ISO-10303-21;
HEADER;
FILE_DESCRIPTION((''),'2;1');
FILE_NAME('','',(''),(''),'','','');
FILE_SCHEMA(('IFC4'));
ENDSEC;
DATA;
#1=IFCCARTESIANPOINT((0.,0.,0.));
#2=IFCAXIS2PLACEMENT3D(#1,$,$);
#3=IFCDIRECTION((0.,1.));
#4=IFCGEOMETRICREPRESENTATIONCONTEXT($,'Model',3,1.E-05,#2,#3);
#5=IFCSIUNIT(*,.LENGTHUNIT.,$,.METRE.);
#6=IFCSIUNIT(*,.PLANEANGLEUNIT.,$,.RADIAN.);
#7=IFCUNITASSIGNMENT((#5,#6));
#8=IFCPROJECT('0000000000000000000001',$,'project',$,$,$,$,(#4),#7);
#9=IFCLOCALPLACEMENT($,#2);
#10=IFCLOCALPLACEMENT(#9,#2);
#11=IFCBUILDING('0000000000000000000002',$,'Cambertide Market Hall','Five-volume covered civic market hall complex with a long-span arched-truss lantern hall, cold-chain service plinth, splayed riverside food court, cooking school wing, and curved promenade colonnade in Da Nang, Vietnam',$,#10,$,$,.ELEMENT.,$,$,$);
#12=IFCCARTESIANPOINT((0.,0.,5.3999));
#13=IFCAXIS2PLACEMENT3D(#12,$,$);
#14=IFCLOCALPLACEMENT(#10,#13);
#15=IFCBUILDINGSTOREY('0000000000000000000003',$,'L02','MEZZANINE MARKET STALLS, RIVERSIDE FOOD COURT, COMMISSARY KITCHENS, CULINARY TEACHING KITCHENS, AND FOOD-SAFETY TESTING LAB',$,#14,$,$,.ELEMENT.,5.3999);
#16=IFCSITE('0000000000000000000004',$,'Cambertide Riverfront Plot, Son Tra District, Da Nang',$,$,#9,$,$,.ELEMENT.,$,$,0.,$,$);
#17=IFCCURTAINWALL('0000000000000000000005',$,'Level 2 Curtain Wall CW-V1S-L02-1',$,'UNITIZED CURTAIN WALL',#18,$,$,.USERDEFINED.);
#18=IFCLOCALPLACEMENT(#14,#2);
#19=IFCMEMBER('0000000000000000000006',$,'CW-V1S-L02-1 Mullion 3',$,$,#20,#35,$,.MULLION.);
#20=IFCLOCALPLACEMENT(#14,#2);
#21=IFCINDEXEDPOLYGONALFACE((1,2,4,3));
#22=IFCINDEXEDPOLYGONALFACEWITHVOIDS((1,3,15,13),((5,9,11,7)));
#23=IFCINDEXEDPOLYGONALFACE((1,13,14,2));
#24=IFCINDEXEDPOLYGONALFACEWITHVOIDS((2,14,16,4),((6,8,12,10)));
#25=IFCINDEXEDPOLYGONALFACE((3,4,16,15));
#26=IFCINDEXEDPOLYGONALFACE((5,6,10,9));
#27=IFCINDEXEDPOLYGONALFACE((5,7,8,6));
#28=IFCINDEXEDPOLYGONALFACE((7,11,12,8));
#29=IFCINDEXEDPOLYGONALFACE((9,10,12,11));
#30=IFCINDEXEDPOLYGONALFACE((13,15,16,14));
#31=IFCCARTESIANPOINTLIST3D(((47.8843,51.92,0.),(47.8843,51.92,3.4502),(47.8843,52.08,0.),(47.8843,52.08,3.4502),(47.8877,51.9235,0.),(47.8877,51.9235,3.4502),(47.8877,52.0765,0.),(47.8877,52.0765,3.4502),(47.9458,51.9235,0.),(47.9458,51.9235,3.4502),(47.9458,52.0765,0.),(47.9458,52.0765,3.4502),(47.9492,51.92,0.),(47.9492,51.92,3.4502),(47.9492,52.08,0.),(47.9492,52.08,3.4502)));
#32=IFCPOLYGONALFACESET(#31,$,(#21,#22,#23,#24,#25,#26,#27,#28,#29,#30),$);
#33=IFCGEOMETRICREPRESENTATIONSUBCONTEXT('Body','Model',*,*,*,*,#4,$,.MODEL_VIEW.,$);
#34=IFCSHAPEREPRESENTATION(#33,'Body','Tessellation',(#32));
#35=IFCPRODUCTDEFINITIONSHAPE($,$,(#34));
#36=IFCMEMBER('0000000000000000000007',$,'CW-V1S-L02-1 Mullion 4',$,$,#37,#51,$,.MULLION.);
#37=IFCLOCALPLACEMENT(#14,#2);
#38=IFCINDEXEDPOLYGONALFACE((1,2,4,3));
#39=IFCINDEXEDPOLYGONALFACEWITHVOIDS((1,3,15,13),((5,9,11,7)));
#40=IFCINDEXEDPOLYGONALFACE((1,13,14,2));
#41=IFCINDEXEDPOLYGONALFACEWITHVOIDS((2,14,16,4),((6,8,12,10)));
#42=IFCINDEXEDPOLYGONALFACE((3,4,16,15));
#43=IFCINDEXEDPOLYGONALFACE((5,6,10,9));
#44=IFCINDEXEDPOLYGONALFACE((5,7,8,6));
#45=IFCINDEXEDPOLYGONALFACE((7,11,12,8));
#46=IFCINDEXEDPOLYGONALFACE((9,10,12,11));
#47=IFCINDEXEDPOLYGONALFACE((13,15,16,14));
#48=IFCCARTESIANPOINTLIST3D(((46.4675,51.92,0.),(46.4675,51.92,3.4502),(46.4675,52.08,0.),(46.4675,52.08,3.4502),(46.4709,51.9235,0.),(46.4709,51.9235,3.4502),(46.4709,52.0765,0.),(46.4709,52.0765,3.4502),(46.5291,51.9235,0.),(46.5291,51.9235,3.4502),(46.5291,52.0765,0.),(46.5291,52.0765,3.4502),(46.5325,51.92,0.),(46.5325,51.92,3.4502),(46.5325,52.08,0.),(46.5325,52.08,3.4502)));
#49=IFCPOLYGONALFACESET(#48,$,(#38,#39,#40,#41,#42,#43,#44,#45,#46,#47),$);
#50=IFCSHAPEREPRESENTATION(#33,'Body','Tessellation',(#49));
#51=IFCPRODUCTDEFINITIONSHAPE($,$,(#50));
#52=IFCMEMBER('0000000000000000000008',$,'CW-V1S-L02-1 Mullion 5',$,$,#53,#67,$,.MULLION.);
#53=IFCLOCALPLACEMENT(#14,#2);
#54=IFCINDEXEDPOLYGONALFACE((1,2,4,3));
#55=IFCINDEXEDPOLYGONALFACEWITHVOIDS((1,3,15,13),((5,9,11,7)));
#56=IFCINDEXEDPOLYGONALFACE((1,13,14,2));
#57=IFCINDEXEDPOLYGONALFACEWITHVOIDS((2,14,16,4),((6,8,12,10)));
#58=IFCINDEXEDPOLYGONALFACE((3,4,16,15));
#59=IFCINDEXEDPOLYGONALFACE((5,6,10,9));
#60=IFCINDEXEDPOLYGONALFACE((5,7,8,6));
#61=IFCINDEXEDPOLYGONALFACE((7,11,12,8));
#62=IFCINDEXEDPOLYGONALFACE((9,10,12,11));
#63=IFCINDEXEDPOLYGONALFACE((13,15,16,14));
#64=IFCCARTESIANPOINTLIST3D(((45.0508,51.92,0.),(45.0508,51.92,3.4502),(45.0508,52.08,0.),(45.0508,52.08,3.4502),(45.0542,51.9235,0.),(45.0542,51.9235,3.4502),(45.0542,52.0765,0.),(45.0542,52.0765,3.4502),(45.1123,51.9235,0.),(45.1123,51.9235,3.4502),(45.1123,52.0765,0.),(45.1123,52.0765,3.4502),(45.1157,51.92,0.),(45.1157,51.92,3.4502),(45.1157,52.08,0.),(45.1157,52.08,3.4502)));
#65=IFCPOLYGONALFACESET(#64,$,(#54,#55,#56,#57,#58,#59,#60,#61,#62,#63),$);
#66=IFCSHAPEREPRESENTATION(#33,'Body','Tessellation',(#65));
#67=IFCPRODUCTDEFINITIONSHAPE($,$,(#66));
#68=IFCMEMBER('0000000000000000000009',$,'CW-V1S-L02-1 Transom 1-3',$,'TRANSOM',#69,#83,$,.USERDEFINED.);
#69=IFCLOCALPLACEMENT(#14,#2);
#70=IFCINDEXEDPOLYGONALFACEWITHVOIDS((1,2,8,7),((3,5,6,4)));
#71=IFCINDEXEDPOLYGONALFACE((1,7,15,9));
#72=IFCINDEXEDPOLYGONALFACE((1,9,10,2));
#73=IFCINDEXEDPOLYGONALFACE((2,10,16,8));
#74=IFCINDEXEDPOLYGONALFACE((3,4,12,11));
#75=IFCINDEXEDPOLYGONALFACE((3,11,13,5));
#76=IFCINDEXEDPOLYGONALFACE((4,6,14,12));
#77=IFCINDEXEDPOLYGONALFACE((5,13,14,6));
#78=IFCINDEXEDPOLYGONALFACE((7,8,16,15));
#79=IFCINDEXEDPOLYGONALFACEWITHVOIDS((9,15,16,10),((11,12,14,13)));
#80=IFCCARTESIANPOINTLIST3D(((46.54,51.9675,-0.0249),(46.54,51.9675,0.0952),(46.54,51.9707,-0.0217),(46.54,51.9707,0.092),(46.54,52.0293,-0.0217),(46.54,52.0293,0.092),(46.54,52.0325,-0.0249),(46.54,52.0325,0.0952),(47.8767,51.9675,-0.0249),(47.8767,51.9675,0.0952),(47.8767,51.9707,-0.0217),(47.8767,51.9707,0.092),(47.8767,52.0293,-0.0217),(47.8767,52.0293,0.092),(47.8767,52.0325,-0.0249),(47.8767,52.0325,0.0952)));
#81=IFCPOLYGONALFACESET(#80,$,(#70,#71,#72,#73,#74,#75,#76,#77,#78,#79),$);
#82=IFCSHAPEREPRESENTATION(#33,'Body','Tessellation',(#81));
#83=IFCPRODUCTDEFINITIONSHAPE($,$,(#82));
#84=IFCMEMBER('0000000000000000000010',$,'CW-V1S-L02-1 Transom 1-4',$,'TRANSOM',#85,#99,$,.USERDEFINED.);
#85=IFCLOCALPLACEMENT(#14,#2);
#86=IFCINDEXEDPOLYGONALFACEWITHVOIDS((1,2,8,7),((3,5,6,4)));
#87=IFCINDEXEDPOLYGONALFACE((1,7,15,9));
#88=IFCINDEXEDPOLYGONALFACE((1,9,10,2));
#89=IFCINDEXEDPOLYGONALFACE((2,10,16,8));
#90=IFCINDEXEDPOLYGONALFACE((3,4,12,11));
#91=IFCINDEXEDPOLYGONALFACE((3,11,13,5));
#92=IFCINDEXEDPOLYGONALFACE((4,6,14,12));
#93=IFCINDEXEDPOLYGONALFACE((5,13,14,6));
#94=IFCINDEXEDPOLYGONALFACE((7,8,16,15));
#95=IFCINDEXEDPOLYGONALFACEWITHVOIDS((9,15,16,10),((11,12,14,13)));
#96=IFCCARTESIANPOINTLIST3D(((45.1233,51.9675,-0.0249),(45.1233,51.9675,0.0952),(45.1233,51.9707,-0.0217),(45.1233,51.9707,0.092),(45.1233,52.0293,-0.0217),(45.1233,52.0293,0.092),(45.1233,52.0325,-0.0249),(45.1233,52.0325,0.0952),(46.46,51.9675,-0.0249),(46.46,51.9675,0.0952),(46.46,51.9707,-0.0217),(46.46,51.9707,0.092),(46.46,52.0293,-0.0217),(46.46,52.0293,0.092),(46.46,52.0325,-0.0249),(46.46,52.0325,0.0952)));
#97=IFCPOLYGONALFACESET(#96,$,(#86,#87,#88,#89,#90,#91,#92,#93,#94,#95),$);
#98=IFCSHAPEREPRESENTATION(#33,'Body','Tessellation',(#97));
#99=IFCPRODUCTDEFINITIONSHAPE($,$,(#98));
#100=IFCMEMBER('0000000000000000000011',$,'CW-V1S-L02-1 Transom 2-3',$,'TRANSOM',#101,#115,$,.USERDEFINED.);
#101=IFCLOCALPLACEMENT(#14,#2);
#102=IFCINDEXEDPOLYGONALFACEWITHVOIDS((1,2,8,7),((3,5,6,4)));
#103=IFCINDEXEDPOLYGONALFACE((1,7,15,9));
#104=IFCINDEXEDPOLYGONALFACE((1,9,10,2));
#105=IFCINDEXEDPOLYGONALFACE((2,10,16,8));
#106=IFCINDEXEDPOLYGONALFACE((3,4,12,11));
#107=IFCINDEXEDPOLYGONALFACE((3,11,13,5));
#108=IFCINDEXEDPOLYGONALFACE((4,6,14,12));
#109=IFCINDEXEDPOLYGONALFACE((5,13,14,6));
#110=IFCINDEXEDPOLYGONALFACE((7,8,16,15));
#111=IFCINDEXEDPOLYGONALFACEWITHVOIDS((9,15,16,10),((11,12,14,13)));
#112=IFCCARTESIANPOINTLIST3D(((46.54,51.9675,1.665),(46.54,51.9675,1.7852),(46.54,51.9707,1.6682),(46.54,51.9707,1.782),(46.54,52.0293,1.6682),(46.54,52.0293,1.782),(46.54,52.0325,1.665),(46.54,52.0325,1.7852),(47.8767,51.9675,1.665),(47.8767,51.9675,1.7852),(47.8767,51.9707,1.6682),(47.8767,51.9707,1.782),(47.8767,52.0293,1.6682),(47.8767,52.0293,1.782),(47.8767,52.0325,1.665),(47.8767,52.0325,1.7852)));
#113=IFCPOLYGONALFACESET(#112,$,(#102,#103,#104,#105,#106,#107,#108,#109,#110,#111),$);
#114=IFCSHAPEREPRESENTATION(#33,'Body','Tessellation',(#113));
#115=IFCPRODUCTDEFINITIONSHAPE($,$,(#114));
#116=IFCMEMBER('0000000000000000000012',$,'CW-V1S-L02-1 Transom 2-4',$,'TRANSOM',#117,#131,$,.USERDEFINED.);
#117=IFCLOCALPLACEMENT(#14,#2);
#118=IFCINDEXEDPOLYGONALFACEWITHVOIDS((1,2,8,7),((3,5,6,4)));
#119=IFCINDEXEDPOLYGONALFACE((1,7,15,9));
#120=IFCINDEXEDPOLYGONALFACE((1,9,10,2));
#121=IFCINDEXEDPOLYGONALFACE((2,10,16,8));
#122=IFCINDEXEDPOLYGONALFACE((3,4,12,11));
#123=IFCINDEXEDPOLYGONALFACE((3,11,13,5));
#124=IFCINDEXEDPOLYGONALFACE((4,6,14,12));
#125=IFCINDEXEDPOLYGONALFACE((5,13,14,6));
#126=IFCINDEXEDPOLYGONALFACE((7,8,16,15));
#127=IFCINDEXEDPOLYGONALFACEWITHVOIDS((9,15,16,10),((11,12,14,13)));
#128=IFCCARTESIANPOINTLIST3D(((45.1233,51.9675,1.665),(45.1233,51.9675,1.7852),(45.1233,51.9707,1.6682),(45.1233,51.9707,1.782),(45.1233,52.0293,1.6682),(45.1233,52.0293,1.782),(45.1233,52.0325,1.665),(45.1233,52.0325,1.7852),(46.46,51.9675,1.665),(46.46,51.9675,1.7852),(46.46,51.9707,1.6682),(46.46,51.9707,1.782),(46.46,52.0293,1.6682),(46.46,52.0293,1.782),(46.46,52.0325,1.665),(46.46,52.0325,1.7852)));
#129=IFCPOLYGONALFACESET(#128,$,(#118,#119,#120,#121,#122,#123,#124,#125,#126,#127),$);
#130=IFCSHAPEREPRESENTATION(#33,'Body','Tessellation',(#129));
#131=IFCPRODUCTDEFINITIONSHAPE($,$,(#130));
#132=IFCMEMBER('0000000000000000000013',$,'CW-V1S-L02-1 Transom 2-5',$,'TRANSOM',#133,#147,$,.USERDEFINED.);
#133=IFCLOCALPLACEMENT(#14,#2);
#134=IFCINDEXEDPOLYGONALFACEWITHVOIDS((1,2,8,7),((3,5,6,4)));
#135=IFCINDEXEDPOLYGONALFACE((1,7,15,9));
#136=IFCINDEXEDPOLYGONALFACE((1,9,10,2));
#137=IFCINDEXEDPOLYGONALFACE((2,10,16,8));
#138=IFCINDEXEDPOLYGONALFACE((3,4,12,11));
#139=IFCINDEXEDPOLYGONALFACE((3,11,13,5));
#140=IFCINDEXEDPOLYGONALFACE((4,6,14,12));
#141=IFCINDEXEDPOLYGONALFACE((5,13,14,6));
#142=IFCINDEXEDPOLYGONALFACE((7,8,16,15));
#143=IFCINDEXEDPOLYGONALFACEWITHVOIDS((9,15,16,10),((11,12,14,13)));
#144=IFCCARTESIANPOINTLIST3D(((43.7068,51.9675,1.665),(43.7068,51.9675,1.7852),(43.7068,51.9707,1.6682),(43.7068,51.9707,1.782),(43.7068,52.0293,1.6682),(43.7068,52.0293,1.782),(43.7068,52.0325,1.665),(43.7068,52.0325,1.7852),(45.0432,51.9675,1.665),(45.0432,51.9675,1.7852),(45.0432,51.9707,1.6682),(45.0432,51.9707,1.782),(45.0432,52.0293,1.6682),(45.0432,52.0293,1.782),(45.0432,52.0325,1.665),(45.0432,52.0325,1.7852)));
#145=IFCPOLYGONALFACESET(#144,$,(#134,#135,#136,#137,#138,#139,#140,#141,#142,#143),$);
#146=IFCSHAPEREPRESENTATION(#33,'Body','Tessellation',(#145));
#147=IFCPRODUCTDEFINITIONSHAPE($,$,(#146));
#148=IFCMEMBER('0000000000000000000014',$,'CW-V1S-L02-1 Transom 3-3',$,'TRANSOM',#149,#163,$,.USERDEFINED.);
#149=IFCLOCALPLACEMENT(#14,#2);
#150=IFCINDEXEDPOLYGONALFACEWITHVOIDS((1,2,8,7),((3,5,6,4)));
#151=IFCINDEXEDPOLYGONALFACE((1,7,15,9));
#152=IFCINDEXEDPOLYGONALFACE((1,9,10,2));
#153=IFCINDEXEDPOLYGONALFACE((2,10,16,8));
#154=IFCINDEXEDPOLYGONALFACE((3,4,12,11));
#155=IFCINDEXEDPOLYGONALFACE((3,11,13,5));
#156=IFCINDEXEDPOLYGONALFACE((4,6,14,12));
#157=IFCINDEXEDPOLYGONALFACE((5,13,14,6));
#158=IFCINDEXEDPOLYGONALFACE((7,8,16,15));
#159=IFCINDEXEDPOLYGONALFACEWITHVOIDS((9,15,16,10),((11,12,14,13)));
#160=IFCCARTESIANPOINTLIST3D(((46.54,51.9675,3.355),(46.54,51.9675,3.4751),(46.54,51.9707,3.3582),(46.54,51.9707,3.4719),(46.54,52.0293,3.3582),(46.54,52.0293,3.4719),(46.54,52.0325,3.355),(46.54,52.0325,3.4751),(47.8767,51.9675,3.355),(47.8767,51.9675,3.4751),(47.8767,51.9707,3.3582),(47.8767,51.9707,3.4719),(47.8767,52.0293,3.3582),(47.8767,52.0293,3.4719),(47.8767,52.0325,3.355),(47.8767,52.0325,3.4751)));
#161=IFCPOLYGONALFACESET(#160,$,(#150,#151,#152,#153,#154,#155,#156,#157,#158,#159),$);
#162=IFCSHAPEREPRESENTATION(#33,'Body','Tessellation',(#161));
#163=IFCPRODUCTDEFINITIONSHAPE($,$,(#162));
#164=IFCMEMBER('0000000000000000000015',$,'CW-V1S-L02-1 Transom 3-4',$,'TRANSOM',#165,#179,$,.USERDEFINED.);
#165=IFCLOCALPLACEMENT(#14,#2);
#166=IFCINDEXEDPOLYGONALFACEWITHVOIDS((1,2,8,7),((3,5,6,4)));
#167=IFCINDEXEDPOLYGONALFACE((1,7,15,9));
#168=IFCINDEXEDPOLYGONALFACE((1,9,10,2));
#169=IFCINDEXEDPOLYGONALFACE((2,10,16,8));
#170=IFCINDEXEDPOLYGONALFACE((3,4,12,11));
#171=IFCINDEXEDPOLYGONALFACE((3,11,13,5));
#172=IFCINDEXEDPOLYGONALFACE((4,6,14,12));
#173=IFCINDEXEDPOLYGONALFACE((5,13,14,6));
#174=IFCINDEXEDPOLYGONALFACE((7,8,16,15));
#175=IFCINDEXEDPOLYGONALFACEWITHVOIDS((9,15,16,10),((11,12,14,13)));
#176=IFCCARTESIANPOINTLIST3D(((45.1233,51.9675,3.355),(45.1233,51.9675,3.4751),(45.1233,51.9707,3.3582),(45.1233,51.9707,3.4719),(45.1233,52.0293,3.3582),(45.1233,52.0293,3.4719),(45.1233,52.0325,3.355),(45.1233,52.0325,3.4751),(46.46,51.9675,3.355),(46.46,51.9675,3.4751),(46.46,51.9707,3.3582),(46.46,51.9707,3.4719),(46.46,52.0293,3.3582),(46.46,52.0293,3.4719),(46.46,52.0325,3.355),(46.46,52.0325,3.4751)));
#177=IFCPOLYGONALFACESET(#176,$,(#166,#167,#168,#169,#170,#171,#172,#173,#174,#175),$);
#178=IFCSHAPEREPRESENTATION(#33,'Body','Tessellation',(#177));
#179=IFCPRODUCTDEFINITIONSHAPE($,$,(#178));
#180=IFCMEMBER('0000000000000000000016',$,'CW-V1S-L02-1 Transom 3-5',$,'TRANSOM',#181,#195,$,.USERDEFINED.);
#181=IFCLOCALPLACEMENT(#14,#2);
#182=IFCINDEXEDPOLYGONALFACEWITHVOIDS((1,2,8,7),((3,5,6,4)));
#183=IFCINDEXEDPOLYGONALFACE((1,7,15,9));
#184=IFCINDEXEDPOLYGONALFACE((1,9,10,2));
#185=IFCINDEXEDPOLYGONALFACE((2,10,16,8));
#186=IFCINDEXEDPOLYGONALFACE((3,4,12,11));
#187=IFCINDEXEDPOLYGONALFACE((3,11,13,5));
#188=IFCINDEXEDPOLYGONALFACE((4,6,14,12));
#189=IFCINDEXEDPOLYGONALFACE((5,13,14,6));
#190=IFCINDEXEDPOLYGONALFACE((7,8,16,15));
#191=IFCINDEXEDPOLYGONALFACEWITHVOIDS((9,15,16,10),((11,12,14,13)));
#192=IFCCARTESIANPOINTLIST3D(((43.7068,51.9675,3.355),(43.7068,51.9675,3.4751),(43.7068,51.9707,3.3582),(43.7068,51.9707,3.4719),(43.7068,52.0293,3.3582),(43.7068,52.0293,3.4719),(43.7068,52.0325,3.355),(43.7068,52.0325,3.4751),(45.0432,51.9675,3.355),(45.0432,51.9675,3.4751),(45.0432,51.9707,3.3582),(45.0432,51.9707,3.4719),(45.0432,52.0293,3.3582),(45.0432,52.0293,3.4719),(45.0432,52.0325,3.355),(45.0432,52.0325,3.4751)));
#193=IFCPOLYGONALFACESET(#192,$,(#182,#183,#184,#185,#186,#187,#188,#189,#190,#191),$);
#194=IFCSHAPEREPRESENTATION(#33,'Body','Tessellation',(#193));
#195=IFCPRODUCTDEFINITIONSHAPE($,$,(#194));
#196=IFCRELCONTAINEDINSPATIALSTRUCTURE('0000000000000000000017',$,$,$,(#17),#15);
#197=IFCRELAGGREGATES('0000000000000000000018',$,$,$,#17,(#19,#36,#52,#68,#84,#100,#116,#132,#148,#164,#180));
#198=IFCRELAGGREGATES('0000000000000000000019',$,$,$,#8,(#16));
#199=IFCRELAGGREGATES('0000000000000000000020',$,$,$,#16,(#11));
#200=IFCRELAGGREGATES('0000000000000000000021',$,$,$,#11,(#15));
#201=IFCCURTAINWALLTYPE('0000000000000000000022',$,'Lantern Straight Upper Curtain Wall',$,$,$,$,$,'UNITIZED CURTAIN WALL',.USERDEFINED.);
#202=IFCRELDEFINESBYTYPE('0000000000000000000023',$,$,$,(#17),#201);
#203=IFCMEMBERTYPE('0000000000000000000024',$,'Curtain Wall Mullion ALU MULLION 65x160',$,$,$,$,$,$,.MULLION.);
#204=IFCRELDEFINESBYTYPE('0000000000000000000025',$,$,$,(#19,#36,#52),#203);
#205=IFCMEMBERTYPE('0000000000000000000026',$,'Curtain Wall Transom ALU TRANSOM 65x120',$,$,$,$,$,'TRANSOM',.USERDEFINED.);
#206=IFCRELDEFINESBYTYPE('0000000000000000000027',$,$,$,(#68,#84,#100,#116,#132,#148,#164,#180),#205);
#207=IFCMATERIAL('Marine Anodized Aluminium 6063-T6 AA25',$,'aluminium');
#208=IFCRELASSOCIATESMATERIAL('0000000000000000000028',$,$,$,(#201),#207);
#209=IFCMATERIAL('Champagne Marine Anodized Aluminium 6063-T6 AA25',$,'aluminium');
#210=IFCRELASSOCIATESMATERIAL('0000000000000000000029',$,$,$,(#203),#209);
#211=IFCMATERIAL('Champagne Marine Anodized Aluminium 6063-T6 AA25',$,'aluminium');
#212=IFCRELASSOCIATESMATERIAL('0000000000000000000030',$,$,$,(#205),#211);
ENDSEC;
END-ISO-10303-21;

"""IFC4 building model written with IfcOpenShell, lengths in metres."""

from ifc_helpers import new_model, si_unit, direction, frame, origin, origin_2d, place, context, subcontext, project, spatial, hollow_rectangle, extrude, material, material_profile, profile_set, type_object, element, aggregate, save


model = new_model("IFC4")

# Units and contexts
model_context = context("Model", 3, precision=1e-05, world=origin(), true_north=direction((0.0, 1.0)))
body_context = subcontext(model_context, "Body", "Model", "MODEL_VIEW")
ifc_project = project(units=[si_unit("LENGTHUNIT", "METRE"), si_unit("PLANEANGLEUNIT", "RADIAN")], contexts=[model_context])

# Site, building, storey
site_placement = place(None, origin())
site = spatial("IfcSite", under=ifc_project, at=site_placement, Name="Cambertide Riverfront Plot, Son Tra District, Da Nang", CompositionType="ELEMENT", RefElevation=0.0)
building_placement = place(site_placement, origin())
building = spatial("IfcBuilding", under=site, at=building_placement, Name="Cambertide Market Hall", Description="Five-volume covered civic market hall complex with a long-span arched-truss lantern hall, cold-chain service plinth, splayed riverside food court, cooking school wing, and curved promenade colonnade in Da Nang, Vietnam", CompositionType="ELEMENT")
storey_placement = place(building_placement, frame((0.0, 0.0, 5.3999)))
storey = spatial("IfcBuildingStorey", under=building, at=storey_placement, Name="L02", Description="MEZZANINE MARKET STALLS, RIVERSIDE FOOD COURT, COMMISSARY KITCHENS, CULINARY TEACHING KITCHENS, AND FOOD-SAFETY TESTING LAB", CompositionType="ELEMENT", Elevation=5.3999)

# Curtain wall, members
ifc_material_1 = material(Name="Marine Anodized Aluminium 6063-T6 AA25", Category="aluminium")
curtain_wall_type = type_object("IfcCurtainWallType", Name="Lantern Straight Upper Curtain Wall", ElementType="UNITIZED CURTAIN WALL", PredefinedType="USERDEFINED", material=ifc_material_1)
curtain_wall_placement = place(storey_placement, origin())
curtain_wall = element("IfcCurtainWall", 1, at=curtain_wall_placement, inside=storey, type_object=curtain_wall_type, Name="Level 2 Curtain Wall CW-V1S-L02-1", ObjectType="UNITIZED CURTAIN WALL", PredefinedType="USERDEFINED")
ifc_material_2 = material(Name="Champagne Marine Anodized Aluminium 6063-T6 AA25", Category="aluminium")
ifc_material_profile_1 = material_profile(ifc_material_2, hollow_rectangle(XDim=0.0649, YDim=0.1599, WallThickness=0.0034, at=origin_2d()), Name="ALU MULLION 65x160")
ifc_profile_set_1 = profile_set([ifc_material_profile_1], Name="Champagne Marine Anodized Aluminium 6063-T6 AA25")
member_type_1 = type_object("IfcMemberType", Name="Curtain Wall Mullion ALU MULLION 65x160", PredefinedType="MULLION", material=ifc_profile_set_1)
member_1_placement = place(storey_placement, frame((47.9167, 52.0, 0.0), z_axis=(0.0, 0.0, 1.0), x_axis=(-1.0, 0.0, 0.0)))
member_1 = element("IfcMember", 2, at=member_1_placement, type_object=member_type_1, Name="CW-V1S-L02-1 Mullion 3", PredefinedType="MULLION", context=body_context, shape_type="SweptSolid", body=[
    extrude(hollow_rectangle(XDim=0.0649, YDim=0.1599, WallThickness=0.0034, at=origin_2d()), origin(), (0.0, 0.0, 1.0), 3.4502),
])
member_2_placement = place(storey_placement, frame((46.5, 52.0, 0.0), z_axis=(0.0, 0.0, 1.0), x_axis=(-1.0, 0.0, 0.0)))
member_2 = element("IfcMember", 3, at=member_2_placement, type_object=member_type_1, Name="CW-V1S-L02-1 Mullion 4", PredefinedType="MULLION", context=body_context, shape_type="SweptSolid", body=[
    extrude(hollow_rectangle(XDim=0.0649, YDim=0.1599, WallThickness=0.0034, at=origin_2d()), origin(), (0.0, 0.0, 1.0), 3.4502),
])
member_3_placement = place(storey_placement, frame((45.0833, 52.0, 0.0), z_axis=(0.0, 0.0, 1.0), x_axis=(-1.0, 0.0, 0.0)))
member_3 = element("IfcMember", 4, at=member_3_placement, type_object=member_type_1, Name="CW-V1S-L02-1 Mullion 5", PredefinedType="MULLION", context=body_context, shape_type="SweptSolid", body=[
    extrude(hollow_rectangle(XDim=0.0649, YDim=0.1599, WallThickness=0.0034, at=origin_2d()), origin(), (0.0, 0.0, 1.0), 3.4502),
])
ifc_material_3 = material(Name="Champagne Marine Anodized Aluminium 6063-T6 AA25", Category="aluminium")
ifc_material_profile_2 = material_profile(ifc_material_3, hollow_rectangle(XDim=0.0649, YDim=0.1201, WallThickness=0.0032, at=origin_2d()), Name="ALU TRANSOM 65x120")
ifc_profile_set_2 = profile_set([ifc_material_profile_2], Name="Champagne Marine Anodized Aluminium 6063-T6 AA25")
member_type_2 = type_object("IfcMemberType", Name="Curtain Wall Transom ALU TRANSOM 65x120", ElementType="TRANSOM", PredefinedType="USERDEFINED", material=ifc_profile_set_2)
member_4_placement = place(storey_placement, frame((47.8767, 52.0, 0.0352), z_axis=(-1.0, 0.0, 0.0), x_axis=(0.0, -1.0, 0.0)))
member_4 = element("IfcMember", 5, at=member_4_placement, type_object=member_type_2, Name="CW-V1S-L02-1 Transom 1-3", ObjectType="TRANSOM", PredefinedType="USERDEFINED", context=body_context, shape_type="SweptSolid", body=[
    extrude(hollow_rectangle(XDim=0.0649, YDim=0.1201, WallThickness=0.0032, at=origin_2d()), origin(), (0.0, 0.0, 1.0), 1.3367),
])
member_5_placement = place(storey_placement, frame((46.46, 52.0, 0.0352), z_axis=(-1.0, 0.0, 0.0), x_axis=(0.0, -1.0, 0.0)))
member_5 = element("IfcMember", 6, at=member_5_placement, type_object=member_type_2, Name="CW-V1S-L02-1 Transom 1-4", ObjectType="TRANSOM", PredefinedType="USERDEFINED", context=body_context, shape_type="SweptSolid", body=[
    extrude(hollow_rectangle(XDim=0.0649, YDim=0.1201, WallThickness=0.0032, at=origin_2d()), origin(), (0.0, 0.0, 1.0), 1.3367),
])
member_6_placement = place(storey_placement, frame((47.8767, 52.0, 1.7251), z_axis=(-1.0, 0.0, 0.0), x_axis=(0.0, -1.0, 0.0)))
member_6 = element("IfcMember", 7, at=member_6_placement, type_object=member_type_2, Name="CW-V1S-L02-1 Transom 2-3", ObjectType="TRANSOM", PredefinedType="USERDEFINED", context=body_context, shape_type="SweptSolid", body=[
    extrude(hollow_rectangle(XDim=0.0649, YDim=0.1201, WallThickness=0.0032, at=origin_2d()), origin(), (0.0, 0.0, 1.0), 1.3367),
])
member_7_placement = place(storey_placement, frame((46.46, 52.0, 1.7251), z_axis=(-1.0, 0.0, 0.0), x_axis=(0.0, -1.0, 0.0)))
member_7 = element("IfcMember", 8, at=member_7_placement, type_object=member_type_2, Name="CW-V1S-L02-1 Transom 2-4", ObjectType="TRANSOM", PredefinedType="USERDEFINED", context=body_context, shape_type="SweptSolid", body=[
    extrude(hollow_rectangle(XDim=0.0649, YDim=0.1201, WallThickness=0.0032, at=origin_2d()), origin(), (0.0, 0.0, 1.0), 1.3367),
])
member_8_placement = place(storey_placement, frame((45.0432, 52.0, 1.7251), z_axis=(-1.0, 0.0, 0.0), x_axis=(0.0, -1.0, 0.0)))
member_8 = element("IfcMember", 9, at=member_8_placement, type_object=member_type_2, Name="CW-V1S-L02-1 Transom 2-5", ObjectType="TRANSOM", PredefinedType="USERDEFINED", context=body_context, shape_type="SweptSolid", body=[
    extrude(hollow_rectangle(XDim=0.0649, YDim=0.1201, WallThickness=0.0032, at=origin_2d()), origin(), (0.0, 0.0, 1.0), 1.3364),
])
member_9_placement = place(storey_placement, frame((47.8767, 52.0, 3.415), z_axis=(-1.0, 0.0, 0.0), x_axis=(0.0, -1.0, 0.0)))
member_9 = element("IfcMember", 10, at=member_9_placement, type_object=member_type_2, Name="CW-V1S-L02-1 Transom 3-3", ObjectType="TRANSOM", PredefinedType="USERDEFINED", context=body_context, shape_type="SweptSolid", body=[
    extrude(hollow_rectangle(XDim=0.0649, YDim=0.1201, WallThickness=0.0032, at=origin_2d()), origin(), (0.0, 0.0, 1.0), 1.3367),
])
member_10_placement = place(storey_placement, frame((46.46, 52.0, 3.415), z_axis=(-1.0, 0.0, 0.0), x_axis=(0.0, -1.0, 0.0)))
member_10 = element("IfcMember", 11, at=member_10_placement, type_object=member_type_2, Name="CW-V1S-L02-1 Transom 3-4", ObjectType="TRANSOM", PredefinedType="USERDEFINED", context=body_context, shape_type="SweptSolid", body=[
    extrude(hollow_rectangle(XDim=0.0649, YDim=0.1201, WallThickness=0.0032, at=origin_2d()), origin(), (0.0, 0.0, 1.0), 1.3367),
])
member_11_placement = place(storey_placement, frame((45.0432, 52.0, 3.415), z_axis=(-1.0, 0.0, 0.0), x_axis=(0.0, -1.0, 0.0)))
member_11 = element("IfcMember", 12, at=member_11_placement, type_object=member_type_2, Name="CW-V1S-L02-1 Transom 3-5", ObjectType="TRANSOM", PredefinedType="USERDEFINED", context=body_context, shape_type="SweptSolid", body=[
    extrude(hollow_rectangle(XDim=0.0649, YDim=0.1201, WallThickness=0.0032, at=origin_2d()), origin(), (0.0, 0.0, 1.0), 1.3364),
])

aggregate(curtain_wall, [member_1, member_2, member_3, member_4, member_5, member_6, member_7, member_8, member_9, member_10, member_11])

save(model, "model.ifc")
